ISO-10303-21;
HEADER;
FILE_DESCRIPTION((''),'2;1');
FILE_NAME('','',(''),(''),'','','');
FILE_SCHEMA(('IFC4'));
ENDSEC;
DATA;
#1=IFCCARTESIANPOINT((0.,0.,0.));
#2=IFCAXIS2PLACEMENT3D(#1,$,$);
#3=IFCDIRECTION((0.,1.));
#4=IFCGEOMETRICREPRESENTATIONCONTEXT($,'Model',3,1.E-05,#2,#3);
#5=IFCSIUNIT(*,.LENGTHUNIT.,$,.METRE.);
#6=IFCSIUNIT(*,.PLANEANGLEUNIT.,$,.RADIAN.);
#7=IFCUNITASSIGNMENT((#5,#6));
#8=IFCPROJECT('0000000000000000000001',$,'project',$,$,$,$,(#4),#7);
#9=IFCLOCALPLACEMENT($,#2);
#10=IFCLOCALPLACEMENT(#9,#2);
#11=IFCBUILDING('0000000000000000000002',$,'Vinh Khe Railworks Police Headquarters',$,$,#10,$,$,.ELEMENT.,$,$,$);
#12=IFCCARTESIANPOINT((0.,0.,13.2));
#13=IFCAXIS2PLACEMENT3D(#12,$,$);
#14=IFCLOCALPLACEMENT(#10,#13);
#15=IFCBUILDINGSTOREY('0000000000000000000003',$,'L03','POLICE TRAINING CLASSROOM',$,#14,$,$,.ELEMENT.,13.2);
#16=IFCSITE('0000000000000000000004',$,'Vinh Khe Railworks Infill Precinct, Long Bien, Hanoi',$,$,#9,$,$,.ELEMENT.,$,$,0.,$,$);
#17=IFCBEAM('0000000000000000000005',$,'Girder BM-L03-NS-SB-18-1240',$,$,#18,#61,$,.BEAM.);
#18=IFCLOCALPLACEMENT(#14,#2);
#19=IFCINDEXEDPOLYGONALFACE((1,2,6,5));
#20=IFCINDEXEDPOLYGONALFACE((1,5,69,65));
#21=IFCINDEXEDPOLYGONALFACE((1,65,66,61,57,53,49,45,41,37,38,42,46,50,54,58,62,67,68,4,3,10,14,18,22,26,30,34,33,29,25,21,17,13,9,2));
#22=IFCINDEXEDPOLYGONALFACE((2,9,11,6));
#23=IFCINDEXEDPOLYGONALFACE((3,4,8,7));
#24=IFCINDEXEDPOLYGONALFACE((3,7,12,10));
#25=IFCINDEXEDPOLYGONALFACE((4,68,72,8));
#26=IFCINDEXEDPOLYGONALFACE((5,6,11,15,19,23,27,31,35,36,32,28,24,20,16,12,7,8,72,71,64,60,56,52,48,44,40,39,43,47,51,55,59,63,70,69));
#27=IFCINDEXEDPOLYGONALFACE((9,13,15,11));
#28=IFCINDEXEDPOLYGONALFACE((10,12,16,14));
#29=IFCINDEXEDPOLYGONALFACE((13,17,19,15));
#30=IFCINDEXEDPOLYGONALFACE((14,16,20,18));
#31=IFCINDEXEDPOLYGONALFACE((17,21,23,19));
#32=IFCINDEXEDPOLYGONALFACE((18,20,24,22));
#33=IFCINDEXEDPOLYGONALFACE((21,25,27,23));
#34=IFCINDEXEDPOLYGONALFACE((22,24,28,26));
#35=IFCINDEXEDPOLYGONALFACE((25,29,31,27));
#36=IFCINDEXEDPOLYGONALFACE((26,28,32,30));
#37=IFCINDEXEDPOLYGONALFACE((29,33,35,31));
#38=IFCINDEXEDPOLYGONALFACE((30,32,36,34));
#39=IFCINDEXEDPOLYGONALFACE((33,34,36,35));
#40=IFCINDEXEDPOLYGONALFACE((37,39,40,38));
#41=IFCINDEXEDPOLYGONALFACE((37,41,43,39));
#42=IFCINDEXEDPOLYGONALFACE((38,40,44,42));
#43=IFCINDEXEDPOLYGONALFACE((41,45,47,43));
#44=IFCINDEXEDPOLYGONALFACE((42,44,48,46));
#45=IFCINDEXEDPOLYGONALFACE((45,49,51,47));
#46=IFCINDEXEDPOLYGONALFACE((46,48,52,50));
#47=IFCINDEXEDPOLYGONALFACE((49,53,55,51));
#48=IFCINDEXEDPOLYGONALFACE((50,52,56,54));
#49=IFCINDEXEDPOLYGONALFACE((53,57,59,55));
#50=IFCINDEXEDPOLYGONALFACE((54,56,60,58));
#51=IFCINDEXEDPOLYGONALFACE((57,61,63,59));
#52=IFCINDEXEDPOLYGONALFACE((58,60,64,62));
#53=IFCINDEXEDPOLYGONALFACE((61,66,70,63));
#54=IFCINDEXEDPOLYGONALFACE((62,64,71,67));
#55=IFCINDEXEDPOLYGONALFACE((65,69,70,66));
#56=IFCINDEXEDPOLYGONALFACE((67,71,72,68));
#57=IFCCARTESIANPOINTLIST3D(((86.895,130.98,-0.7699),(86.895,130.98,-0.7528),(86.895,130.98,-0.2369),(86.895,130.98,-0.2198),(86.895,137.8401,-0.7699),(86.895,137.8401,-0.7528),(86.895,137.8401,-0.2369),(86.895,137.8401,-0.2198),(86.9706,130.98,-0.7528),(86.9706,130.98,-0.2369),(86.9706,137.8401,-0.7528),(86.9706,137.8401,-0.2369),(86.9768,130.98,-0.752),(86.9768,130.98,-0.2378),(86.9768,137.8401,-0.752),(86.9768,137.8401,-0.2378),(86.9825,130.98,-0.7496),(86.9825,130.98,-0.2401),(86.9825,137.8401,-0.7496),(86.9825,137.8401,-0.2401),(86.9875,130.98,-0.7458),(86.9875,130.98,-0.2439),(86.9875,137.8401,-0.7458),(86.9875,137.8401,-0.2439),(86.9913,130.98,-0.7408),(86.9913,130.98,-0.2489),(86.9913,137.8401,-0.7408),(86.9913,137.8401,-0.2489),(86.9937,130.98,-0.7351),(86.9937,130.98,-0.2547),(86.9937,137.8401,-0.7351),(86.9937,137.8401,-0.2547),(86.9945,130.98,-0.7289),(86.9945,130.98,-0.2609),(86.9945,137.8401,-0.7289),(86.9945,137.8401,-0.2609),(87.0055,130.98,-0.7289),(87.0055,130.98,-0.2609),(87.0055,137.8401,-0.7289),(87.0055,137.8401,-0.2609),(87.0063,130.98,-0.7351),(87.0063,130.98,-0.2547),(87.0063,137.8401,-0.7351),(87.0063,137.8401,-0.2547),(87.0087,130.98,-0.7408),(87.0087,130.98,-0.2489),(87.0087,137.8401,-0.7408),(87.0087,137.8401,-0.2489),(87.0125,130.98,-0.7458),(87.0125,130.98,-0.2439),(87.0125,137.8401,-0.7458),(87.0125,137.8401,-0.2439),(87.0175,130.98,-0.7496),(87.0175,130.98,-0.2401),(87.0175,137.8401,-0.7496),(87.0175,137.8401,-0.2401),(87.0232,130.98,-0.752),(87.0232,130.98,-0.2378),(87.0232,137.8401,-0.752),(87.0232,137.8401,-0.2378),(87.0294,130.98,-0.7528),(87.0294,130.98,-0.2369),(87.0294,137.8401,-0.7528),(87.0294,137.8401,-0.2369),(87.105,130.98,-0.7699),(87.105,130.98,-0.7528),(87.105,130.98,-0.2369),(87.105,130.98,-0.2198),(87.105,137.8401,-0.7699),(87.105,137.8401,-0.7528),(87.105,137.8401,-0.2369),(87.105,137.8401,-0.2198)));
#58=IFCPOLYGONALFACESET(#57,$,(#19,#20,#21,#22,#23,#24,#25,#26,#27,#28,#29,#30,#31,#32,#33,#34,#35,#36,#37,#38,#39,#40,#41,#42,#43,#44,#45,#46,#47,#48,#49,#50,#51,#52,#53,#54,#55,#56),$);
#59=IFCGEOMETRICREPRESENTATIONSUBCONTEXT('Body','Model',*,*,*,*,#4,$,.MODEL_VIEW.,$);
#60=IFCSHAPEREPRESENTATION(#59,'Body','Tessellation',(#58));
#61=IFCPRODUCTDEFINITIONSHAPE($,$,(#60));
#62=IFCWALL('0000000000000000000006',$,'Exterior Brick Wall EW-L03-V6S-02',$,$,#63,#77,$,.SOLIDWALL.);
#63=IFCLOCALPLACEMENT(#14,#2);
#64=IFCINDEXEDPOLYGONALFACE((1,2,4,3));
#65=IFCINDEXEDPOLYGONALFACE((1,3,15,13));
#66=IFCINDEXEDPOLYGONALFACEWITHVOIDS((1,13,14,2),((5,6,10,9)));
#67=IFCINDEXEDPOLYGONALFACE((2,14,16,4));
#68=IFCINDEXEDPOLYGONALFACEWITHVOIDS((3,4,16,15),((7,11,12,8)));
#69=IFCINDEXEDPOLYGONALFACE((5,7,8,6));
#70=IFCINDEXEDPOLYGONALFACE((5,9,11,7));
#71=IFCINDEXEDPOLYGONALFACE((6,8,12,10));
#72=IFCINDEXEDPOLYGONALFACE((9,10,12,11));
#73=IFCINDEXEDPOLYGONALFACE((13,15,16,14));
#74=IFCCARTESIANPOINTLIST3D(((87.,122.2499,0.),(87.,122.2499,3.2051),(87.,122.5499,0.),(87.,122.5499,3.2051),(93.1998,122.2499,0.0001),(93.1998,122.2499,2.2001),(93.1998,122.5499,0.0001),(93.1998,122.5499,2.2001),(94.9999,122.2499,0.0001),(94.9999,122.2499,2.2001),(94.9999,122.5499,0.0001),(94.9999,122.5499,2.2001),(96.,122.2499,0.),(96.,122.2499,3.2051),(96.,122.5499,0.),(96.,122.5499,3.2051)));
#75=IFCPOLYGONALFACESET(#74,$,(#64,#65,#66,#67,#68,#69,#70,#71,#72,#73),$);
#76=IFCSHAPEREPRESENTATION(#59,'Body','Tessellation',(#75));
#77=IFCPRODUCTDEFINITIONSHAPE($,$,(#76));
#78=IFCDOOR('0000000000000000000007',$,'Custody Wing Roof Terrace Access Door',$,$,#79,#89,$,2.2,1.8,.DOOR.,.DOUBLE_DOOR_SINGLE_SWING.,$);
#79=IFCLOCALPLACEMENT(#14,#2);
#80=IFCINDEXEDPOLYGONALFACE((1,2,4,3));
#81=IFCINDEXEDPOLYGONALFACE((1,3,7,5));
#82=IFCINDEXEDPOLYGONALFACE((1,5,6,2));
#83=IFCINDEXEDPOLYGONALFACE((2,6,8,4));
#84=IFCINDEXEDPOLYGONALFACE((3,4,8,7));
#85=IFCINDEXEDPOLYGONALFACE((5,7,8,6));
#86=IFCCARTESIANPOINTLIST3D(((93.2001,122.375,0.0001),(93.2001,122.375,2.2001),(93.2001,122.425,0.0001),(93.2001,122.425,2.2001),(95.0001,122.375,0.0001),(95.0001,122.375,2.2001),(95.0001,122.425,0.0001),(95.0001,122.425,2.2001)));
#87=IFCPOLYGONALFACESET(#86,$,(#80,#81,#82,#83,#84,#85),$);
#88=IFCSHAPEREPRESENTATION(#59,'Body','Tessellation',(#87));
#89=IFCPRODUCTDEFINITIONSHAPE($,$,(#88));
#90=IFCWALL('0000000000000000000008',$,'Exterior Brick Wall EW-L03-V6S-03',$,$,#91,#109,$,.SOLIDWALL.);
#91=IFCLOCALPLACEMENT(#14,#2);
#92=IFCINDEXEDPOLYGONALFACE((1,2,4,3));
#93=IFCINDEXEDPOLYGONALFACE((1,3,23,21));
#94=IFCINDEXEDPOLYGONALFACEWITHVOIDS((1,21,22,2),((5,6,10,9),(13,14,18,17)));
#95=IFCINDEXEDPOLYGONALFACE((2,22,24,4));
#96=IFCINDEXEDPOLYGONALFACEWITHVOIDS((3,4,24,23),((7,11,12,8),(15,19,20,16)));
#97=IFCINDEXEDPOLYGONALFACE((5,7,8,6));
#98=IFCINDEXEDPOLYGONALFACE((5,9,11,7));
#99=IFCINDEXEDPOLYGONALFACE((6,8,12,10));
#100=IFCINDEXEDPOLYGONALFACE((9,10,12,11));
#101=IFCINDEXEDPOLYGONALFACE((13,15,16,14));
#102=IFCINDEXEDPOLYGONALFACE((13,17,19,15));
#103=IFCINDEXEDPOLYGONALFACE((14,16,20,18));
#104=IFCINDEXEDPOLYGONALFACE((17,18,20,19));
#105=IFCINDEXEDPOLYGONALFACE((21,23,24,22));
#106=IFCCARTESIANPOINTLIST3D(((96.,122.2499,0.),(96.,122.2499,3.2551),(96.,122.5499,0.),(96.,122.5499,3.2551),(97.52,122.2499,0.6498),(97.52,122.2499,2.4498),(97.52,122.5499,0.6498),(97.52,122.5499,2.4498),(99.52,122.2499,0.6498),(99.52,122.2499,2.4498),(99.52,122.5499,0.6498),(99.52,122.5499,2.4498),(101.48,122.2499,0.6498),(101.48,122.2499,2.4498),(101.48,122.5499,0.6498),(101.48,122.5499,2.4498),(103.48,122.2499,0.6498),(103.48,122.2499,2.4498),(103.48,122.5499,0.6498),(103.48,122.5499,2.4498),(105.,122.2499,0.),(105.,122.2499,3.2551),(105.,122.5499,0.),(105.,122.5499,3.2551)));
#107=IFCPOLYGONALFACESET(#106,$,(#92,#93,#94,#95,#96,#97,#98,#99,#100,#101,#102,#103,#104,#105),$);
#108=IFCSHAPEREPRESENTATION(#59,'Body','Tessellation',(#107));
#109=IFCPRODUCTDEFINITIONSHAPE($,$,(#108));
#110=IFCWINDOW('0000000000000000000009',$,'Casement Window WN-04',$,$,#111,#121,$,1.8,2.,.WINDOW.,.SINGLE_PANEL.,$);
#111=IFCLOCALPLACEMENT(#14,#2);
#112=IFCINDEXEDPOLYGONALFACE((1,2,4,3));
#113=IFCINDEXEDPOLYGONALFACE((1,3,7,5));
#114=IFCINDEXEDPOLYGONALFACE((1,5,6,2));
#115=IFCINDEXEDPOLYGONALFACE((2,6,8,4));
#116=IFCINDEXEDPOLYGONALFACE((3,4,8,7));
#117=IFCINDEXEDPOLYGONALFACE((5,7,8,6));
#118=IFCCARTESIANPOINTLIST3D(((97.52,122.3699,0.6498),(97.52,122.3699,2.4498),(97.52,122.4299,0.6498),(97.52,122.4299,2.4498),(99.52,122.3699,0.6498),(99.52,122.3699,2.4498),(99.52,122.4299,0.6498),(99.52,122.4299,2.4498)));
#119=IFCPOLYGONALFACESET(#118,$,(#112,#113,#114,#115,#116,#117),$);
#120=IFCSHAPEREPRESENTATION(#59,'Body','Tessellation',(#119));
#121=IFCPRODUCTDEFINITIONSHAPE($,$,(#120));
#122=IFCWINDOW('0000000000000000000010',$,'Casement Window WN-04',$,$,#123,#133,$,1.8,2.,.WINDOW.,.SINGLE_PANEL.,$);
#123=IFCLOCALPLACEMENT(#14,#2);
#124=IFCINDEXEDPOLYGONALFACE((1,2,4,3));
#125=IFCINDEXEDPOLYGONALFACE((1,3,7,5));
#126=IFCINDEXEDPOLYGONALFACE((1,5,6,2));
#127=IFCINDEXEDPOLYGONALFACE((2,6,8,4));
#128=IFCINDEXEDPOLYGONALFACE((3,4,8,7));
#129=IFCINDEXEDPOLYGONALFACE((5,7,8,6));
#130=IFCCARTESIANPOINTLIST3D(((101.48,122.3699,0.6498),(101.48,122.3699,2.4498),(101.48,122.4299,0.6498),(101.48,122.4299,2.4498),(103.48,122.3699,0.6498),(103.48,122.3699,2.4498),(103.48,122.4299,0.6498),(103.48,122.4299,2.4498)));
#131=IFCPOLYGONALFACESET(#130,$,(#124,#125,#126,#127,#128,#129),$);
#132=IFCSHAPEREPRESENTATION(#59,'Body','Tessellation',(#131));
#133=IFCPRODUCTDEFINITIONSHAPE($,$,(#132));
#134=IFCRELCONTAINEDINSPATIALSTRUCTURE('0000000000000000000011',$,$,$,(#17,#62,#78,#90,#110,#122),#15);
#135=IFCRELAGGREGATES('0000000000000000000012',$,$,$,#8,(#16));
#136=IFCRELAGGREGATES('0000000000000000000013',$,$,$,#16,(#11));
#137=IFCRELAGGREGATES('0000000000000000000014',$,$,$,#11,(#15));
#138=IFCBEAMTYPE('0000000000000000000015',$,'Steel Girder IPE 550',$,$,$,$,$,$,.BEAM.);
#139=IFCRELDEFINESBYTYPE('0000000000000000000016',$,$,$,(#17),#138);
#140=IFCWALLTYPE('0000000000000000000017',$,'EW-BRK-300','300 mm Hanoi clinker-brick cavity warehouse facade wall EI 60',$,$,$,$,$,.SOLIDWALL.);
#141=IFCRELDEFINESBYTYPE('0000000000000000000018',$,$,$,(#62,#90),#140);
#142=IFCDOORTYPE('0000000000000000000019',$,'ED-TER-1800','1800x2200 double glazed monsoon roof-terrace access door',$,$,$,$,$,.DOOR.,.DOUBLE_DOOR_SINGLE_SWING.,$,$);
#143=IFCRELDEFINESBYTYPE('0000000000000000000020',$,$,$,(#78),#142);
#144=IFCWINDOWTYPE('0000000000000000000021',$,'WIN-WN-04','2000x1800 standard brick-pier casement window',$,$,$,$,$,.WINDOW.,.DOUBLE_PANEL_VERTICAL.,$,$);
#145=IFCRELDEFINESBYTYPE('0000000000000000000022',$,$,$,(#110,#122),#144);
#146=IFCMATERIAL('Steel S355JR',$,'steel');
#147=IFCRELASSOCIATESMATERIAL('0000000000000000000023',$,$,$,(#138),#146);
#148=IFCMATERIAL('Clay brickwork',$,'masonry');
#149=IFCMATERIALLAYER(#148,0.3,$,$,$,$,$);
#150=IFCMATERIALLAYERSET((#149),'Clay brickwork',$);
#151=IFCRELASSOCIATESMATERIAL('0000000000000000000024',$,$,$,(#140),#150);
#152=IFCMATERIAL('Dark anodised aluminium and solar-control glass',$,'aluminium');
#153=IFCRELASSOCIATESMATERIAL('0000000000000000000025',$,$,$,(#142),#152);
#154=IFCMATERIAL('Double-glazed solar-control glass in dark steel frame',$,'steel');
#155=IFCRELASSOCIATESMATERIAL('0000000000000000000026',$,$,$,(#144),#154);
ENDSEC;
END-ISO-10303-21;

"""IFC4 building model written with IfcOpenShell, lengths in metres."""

from ifc_helpers import new_model, si_unit, direction, frame, frame_2d, origin, origin_2d, place, context, subcontext, project, spatial, rectangle, i_section, extrude, material, layer, layer_set, material_profile, profile_set, type_object, element, fill, save


model = new_model("IFC4")

# Units and contexts
model_context = context("Model", 3, precision=1e-05, world=origin(), true_north=direction((0.0, 1.0)))
body_context = subcontext(model_context, "Body", "Model", "MODEL_VIEW")
ifc_project = project(units=[si_unit("LENGTHUNIT", "METRE"), si_unit("PLANEANGLEUNIT", "RADIAN")], contexts=[model_context])

# Site, building, storey
site_placement = place(None, origin())
site = spatial("IfcSite", under=ifc_project, at=site_placement, Name="Vinh Khe Railworks Infill Precinct, Long Bien, Hanoi", CompositionType="ELEMENT", RefElevation=0.0)
building_placement = place(site_placement, origin())
building = spatial("IfcBuilding", under=site, at=building_placement, Name="Vinh Khe Railworks Police Headquarters", CompositionType="ELEMENT")
storey_placement = place(building_placement, frame((0.0, 0.0, 13.2)))
storey = spatial("IfcBuildingStorey", under=building, at=storey_placement, Name="L03", Description="POLICE TRAINING CLASSROOM", CompositionType="ELEMENT", Elevation=13.2)

# Shared definitions
ifc_material_1 = material(Name="Steel S355JR", Category="steel")

# Beam
ifc_material_profile_1 = material_profile(ifc_material_1, i_section(OverallWidth=0.21, OverallDepth=0.55, WebThickness=0.011, FlangeThickness=0.0171, FilletRadius=0.0239, at=origin_2d()), Name="IPE 550")
ifc_profile_set_1 = profile_set([ifc_material_profile_1], Name="Steel S355JR")
beam_type_1 = type_object("IfcBeamType", Name="Steel Girder IPE 550", PredefinedType="BEAM", material=ifc_profile_set_1)
beam_1_placement = place(storey_placement, frame((87.0, 130.98, -0.4949), z_axis=(0.0, 1.0, 0.0), x_axis=(-1.0, 0.0, 0.0)))
element("IfcBeam", 1, at=beam_1_placement, inside=storey, type_object=beam_type_1, Name="Girder BM-L03-NS-SB-18-1240", PredefinedType="BEAM", context=body_context, shape_type="SweptSolid", body=[
    extrude(i_section(OverallWidth=0.21, OverallDepth=0.55, WebThickness=0.011, FlangeThickness=0.0171, FilletRadius=0.0239, at=origin_2d()), origin(), (0.0, 0.0, 1.0), 6.8601),
])

# Wall, opening, door
ifc_material_2 = material(Name="Clay brickwork", Category="masonry")
ifc_layer_1 = layer(ifc_material_2, 0.3)
ifc_layer_set_1 = layer_set([ifc_layer_1], Name="Clay brickwork")
wall_type_1 = type_object("IfcWallType", Name="EW-BRK-300", Description="300 mm Hanoi clinker-brick cavity warehouse facade wall EI 60", PredefinedType="SOLIDWALL", material=ifc_layer_set_1)
wall_1_placement = place(storey_placement, frame((87.0, 122.3999, 0.0), z_axis=(0.0, 0.0, 1.0), x_axis=(1.0, 0.0, 0.0)))
wall_1 = element("IfcWall", 2, at=wall_1_placement, inside=storey, type_object=wall_type_1, Name="Exterior Brick Wall EW-L03-V6S-02", PredefinedType="SOLIDWALL", context=body_context, shape_type="SweptSolid", body=[
    extrude(rectangle(XDim=9.0, YDim=0.3, at=frame_2d((4.5, 0.0))), origin(), (0.0, 0.0, 1.0), 3.2051),
])
opening_1_placement = place(wall_1_placement, frame((6.2, 0.0, 0.0)))
opening_1 = element("IfcOpeningElement", 3, at=opening_1_placement, cuts=wall_1, PredefinedType="OPENING", context=body_context, shape_type="SweptSolid", body=[
    extrude(rectangle(XDim=1.8, YDim=2.2, at=frame_2d((0.8999, 1.1001))), frame((0.0, 0.165, 0.0), z_axis=(0.0, -1.0, 0.0), x_axis=(1.0, 0.0, 0.0)), (0.0, 0.0, 1.0), 0.3298),
])
ifc_material_3 = material(Name="Dark anodised aluminium and solar-control glass", Category="aluminium")
door_type_1 = type_object("IfcDoorType", Name="ED-TER-1800", Description="1800x2200 double glazed monsoon roof-terrace access door", OperationType="DOUBLE_DOOR_SINGLE_SWING", PredefinedType="DOOR", material=ifc_material_3)
door_1_placement = place(opening_1_placement, frame((1.8, 0.0, 0.0), z_axis=(0.0, 0.0, 1.0), x_axis=(-1.0, 0.0, 0.0)))
door_1 = element("IfcDoor", 4, at=door_1_placement, inside=storey, type_object=door_type_1, Name="Custody Wing Roof Terrace Access Door", OperationType="DOUBLE_DOOR_SINGLE_SWING", OverallHeight=2.2, OverallWidth=1.8, PredefinedType="DOOR", context=body_context, shape_type="SweptSolid", body=[
    extrude(rectangle(XDim=1.8, YDim=2.2, at=frame_2d((0.8999, 1.1001))), frame((0.0, 0.0249, 0.0), z_axis=(0.0, -1.0, 0.0), x_axis=(1.0, 0.0, 0.0)), (0.0, 0.0, 1.0), 0.05),
])
fill(opening_1, door_1)

# Wall, openings, windows
wall_2_placement = place(storey_placement, frame((96.0, 122.3999, 0.0), z_axis=(0.0, 0.0, 1.0), x_axis=(1.0, 0.0, 0.0)))
wall_2 = element("IfcWall", 5, at=wall_2_placement, inside=storey, type_object=wall_type_1, Name="Exterior Brick Wall EW-L03-V6S-03", PredefinedType="SOLIDWALL", context=body_context, shape_type="SweptSolid", body=[
    extrude(rectangle(XDim=9.0, YDim=0.3, at=frame_2d((4.5, 0.0))), origin(), (0.0, 0.0, 1.0), 3.2551),
])
opening_2_placement = place(wall_2_placement, frame((1.52, 0.0, 0.6499)))
opening_2 = element("IfcOpeningElement", 6, at=opening_2_placement, cuts=wall_2, PredefinedType="OPENING", context=body_context, shape_type="SweptSolid", body=[
    extrude(rectangle(XDim=2.0, YDim=1.8, at=frame_2d((1.0, 0.8999))), frame((0.0, 0.165, 0.0), z_axis=(0.0, -1.0, 0.0), x_axis=(1.0, 0.0, 0.0)), (0.0, 0.0, 1.0), 0.3298),
])
opening_3_placement = place(wall_2_placement, frame((5.48, 0.0, 0.6499)))
opening_3 = element("IfcOpeningElement", 7, at=opening_3_placement, cuts=wall_2, PredefinedType="OPENING", context=body_context, shape_type="SweptSolid", body=[
    extrude(rectangle(XDim=2.0, YDim=1.8, at=frame_2d((1.0, 0.8999))), frame((0.0, 0.165, 0.0), z_axis=(0.0, -1.0, 0.0), x_axis=(1.0, 0.0, 0.0)), (0.0, 0.0, 1.0), 0.3298),
])
ifc_material_4 = material(Name="Double-glazed solar-control glass in dark steel frame", Category="steel")
window_type_1 = type_object("IfcWindowType", Name="WIN-WN-04", Description="2000x1800 standard brick-pier casement window", PartitioningType="DOUBLE_PANEL_VERTICAL", PredefinedType="WINDOW", material=ifc_material_4)
window_1_placement = place(opening_2_placement, origin())
window_1 = element("IfcWindow", 8, at=window_1_placement, inside=storey, type_object=window_type_1, Name="Casement Window WN-04", OverallHeight=1.8, OverallWidth=2.0, PartitioningType="SINGLE_PANEL", PredefinedType="WINDOW", context=body_context, shape_type="SweptSolid", body=[
    extrude(rectangle(XDim=2.0, YDim=1.8, at=frame_2d((1.0, 0.8999))), frame((0.0, 0.03, 0.0), z_axis=(0.0, -1.0, 0.0), x_axis=(1.0, 0.0, 0.0)), (0.0, 0.0, 1.0), 0.0601),
])
fill(opening_2, window_1)
window_2_placement = place(opening_3_placement, origin())
window_2 = element("IfcWindow", 9, at=window_2_placement, inside=storey, type_object=window_type_1, Name="Casement Window WN-04", OverallHeight=1.8, OverallWidth=2.0, PartitioningType="SINGLE_PANEL", PredefinedType="WINDOW", context=body_context, shape_type="SweptSolid", body=[
    extrude(rectangle(XDim=2.0, YDim=1.8, at=frame_2d((1.0, 0.8999))), frame((0.0, 0.03, 0.0), z_axis=(0.0, -1.0, 0.0), x_axis=(1.0, 0.0, 0.0)), (0.0, 0.0, 1.0), 0.0601),
])
fill(opening_3, window_2)

save(model, "model.ifc")
